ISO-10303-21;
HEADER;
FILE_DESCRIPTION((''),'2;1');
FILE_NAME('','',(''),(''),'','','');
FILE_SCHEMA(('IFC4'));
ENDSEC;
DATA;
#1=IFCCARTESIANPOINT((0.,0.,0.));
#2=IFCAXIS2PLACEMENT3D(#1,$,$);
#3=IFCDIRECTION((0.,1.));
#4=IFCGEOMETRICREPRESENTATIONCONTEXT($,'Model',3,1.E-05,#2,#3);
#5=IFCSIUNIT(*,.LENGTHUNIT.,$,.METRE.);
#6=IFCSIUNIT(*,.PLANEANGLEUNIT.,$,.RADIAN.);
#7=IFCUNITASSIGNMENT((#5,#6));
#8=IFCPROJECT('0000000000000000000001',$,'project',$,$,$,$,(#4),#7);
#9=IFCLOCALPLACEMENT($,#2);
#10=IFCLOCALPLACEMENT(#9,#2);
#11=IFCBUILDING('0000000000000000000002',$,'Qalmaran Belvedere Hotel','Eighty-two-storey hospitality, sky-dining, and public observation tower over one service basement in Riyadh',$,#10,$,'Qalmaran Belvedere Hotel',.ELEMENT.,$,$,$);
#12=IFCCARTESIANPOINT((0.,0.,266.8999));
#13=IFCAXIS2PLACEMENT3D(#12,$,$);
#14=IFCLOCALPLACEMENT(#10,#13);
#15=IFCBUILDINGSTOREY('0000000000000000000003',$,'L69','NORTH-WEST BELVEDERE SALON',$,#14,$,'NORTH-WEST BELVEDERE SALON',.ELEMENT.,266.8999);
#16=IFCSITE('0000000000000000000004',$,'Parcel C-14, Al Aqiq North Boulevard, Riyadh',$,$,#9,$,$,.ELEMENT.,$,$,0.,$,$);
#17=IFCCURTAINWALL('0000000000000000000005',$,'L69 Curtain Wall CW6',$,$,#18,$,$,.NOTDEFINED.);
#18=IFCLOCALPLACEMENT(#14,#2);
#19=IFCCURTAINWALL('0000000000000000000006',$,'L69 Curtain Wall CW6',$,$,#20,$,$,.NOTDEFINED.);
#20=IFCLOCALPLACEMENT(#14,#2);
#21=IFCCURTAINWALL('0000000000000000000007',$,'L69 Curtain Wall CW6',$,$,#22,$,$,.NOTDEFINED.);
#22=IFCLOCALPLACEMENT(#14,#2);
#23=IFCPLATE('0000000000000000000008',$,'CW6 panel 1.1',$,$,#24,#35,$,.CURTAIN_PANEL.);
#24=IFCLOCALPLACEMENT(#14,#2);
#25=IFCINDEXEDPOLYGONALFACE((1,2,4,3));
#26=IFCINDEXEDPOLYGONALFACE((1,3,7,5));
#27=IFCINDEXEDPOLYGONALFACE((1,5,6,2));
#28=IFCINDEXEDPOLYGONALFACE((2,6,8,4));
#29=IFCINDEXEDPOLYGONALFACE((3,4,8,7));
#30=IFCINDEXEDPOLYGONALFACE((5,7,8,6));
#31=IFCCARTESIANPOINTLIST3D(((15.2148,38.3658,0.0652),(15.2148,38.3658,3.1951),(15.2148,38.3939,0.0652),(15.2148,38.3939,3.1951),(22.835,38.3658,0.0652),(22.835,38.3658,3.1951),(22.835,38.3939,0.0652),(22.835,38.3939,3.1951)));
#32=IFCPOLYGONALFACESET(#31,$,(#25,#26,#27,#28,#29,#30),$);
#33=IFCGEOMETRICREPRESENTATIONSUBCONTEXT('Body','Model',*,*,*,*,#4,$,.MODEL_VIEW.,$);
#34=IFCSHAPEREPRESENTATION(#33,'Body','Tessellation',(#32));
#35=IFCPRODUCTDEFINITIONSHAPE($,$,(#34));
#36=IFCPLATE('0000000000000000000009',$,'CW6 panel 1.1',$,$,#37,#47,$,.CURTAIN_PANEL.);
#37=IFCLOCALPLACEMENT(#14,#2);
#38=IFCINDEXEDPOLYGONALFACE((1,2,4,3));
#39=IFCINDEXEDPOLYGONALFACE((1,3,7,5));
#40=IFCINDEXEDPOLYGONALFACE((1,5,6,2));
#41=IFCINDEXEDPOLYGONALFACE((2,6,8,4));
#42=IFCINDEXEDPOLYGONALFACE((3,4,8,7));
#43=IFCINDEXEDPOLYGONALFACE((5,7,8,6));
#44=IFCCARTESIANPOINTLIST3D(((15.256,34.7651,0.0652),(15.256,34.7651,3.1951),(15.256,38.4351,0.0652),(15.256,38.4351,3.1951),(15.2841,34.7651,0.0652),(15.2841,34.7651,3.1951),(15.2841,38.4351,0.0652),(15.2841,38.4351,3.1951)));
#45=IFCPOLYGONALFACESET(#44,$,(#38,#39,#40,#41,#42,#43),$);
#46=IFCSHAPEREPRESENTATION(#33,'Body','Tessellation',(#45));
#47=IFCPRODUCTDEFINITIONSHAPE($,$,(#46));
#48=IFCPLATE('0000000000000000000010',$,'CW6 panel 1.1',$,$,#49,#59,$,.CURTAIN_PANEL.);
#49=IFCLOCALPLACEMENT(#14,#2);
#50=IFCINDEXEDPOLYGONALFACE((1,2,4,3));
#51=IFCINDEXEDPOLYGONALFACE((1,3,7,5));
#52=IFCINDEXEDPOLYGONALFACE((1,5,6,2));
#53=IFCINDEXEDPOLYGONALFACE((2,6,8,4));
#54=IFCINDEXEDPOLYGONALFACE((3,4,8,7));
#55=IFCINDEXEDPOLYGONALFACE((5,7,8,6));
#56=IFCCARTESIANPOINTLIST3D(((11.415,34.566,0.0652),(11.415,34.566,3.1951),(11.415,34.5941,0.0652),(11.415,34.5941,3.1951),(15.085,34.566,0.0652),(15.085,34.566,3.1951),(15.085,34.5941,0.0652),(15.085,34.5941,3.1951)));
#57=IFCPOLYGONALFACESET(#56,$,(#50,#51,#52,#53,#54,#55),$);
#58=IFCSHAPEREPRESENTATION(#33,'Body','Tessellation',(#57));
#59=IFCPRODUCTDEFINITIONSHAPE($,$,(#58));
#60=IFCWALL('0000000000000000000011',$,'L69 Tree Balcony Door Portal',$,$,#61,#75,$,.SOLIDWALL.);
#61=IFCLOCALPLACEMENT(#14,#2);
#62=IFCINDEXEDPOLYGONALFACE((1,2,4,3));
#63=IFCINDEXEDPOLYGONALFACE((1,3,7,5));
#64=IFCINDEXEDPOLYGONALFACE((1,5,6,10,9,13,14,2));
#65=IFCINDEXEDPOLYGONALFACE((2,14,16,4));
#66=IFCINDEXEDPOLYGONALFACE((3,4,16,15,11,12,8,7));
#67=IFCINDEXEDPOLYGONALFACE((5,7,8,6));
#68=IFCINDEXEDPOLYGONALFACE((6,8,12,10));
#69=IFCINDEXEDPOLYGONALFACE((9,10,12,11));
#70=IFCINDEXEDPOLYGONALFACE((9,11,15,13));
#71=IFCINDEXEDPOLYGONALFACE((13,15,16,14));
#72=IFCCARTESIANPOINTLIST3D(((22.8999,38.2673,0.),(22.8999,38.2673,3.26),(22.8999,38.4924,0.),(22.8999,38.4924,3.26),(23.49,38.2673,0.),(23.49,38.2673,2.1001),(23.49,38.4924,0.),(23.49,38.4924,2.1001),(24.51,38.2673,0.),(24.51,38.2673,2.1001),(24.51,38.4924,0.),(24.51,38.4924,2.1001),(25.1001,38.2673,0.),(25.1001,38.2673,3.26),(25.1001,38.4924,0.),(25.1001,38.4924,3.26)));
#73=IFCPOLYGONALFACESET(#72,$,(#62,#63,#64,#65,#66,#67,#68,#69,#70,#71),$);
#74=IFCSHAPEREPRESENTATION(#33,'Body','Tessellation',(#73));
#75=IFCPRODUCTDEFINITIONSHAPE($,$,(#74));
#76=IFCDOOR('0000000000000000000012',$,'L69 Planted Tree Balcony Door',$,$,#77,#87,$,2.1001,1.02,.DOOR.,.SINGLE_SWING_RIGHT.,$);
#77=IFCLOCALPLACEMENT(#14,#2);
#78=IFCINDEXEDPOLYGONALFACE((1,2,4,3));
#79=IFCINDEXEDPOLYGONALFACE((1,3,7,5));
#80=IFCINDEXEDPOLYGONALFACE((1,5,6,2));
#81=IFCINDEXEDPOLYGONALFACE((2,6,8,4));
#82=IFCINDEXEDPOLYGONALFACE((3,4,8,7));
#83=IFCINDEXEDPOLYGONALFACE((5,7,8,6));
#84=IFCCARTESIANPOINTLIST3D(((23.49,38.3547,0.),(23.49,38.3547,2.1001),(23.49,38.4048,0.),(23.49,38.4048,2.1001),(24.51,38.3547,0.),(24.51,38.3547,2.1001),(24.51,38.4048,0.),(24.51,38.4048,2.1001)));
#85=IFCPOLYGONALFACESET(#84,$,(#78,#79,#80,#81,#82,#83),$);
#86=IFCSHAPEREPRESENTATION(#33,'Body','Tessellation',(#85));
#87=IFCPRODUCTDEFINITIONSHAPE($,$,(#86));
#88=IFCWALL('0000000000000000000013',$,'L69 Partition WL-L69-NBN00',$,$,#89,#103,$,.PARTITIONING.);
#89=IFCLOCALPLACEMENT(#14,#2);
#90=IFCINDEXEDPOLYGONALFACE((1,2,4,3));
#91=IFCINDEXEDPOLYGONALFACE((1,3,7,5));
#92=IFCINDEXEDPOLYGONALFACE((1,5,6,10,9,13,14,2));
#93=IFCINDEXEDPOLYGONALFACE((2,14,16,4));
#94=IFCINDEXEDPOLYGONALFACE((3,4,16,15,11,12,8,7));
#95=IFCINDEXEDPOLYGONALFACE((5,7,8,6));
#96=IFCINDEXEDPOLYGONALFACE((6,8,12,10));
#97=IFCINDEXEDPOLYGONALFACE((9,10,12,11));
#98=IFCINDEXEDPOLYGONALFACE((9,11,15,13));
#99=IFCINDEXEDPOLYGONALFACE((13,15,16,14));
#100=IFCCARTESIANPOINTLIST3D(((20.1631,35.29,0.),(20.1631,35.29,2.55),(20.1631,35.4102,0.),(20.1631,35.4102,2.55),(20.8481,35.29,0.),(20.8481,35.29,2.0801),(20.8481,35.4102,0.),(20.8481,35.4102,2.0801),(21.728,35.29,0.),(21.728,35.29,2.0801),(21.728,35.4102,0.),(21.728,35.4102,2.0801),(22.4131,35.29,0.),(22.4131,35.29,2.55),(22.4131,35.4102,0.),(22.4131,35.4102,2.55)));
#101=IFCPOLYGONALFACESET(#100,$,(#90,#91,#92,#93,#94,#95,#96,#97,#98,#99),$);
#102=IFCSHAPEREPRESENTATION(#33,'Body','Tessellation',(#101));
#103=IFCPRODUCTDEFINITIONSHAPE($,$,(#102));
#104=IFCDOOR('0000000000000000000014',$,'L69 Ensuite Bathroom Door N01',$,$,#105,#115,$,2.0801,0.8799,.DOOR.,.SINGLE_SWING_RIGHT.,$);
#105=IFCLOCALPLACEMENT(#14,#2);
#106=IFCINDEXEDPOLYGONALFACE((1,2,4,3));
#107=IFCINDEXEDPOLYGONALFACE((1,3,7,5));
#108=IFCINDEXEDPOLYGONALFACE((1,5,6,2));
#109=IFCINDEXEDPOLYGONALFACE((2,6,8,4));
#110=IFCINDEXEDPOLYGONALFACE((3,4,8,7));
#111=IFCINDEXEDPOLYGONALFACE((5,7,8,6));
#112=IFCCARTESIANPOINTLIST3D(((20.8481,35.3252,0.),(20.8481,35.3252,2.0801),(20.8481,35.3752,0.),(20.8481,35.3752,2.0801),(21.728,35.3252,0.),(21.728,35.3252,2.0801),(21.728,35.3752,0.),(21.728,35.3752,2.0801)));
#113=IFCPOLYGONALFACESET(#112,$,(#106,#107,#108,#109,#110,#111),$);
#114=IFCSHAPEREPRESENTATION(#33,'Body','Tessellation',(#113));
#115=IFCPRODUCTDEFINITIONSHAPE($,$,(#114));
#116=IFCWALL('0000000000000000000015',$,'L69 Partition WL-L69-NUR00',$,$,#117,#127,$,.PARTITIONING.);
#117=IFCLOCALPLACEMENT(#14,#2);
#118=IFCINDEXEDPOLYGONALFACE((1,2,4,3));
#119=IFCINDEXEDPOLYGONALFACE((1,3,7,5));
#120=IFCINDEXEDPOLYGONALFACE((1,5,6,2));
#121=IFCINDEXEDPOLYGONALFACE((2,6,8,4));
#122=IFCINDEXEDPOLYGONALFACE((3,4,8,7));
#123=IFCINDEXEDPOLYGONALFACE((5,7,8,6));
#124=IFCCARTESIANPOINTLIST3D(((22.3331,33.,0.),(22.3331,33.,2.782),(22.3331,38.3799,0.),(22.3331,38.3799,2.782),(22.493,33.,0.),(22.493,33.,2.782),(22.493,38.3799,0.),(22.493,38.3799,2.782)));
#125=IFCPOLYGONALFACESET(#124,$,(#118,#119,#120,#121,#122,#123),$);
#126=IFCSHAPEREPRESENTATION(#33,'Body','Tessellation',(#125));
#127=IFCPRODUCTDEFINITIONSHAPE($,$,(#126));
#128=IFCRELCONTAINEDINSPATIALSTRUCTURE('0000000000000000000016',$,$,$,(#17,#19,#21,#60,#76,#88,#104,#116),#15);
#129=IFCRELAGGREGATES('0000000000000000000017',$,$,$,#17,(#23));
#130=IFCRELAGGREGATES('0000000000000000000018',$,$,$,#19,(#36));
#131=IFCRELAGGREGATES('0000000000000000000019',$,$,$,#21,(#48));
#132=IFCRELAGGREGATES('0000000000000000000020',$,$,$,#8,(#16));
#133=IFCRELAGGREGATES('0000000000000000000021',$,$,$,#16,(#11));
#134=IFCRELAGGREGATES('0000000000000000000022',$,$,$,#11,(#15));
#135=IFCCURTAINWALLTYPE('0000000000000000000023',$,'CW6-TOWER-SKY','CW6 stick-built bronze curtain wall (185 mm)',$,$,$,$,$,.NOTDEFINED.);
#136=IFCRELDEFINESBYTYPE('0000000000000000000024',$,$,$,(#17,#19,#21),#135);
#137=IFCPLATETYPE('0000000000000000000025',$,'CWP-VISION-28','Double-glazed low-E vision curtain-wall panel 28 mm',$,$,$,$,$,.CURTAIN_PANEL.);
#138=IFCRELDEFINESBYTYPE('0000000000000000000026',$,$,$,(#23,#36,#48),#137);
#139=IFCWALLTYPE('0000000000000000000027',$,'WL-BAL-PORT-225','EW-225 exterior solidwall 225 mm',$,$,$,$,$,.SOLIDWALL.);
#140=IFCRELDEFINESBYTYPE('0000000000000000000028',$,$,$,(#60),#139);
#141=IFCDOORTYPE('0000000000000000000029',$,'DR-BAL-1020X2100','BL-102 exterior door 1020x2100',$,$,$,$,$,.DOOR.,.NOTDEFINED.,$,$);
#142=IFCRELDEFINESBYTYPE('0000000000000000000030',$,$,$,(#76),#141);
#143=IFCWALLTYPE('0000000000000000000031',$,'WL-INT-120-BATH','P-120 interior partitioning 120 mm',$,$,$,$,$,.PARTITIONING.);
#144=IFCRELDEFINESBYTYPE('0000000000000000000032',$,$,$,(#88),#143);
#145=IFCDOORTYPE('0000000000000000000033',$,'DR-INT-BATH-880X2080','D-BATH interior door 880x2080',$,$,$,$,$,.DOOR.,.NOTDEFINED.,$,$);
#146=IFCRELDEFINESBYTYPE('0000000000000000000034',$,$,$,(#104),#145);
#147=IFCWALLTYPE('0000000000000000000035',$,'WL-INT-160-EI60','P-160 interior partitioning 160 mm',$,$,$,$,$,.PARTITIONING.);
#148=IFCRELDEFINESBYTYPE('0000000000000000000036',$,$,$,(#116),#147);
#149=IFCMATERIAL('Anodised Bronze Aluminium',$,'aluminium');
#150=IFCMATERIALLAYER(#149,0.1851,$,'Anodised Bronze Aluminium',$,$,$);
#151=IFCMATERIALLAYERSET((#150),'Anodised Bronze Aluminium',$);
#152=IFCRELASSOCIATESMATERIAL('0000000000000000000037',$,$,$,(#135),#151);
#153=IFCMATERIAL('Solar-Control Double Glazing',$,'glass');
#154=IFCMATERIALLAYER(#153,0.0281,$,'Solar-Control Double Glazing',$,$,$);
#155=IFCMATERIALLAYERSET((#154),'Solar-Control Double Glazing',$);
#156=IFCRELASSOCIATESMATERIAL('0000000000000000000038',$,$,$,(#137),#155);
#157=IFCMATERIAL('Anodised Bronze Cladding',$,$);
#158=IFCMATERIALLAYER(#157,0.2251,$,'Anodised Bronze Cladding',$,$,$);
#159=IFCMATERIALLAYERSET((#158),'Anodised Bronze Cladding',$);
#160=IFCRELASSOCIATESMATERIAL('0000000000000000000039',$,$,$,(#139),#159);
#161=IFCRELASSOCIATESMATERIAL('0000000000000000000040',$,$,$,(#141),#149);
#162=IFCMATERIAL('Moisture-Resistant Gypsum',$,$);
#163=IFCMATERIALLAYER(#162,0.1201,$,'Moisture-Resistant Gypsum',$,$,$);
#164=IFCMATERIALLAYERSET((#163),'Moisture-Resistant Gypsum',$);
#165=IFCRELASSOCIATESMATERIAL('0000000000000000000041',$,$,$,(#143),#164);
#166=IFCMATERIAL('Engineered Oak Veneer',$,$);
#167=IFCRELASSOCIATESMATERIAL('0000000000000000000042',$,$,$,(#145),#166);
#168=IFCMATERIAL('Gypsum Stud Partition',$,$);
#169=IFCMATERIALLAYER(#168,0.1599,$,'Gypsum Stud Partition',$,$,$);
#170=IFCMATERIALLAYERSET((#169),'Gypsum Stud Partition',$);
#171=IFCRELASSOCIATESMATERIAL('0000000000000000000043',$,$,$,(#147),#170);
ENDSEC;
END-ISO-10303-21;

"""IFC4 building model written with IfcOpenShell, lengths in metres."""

from ifc_helpers import new_model, si_unit, direction, frame, frame_2d, origin, origin_2d, place, context, subcontext, project, spatial, rectangle, extrude, material, layer, layer_set, type_object, element, fill, aggregate, save


model = new_model("IFC4")

# Units and contexts
model_context = context("Model", 3, precision=1e-05, world=origin(), true_north=direction((0.0, 1.0)))
body_context = subcontext(model_context, "Body", "Model", "MODEL_VIEW")
ifc_project = project(units=[si_unit("LENGTHUNIT", "METRE"), si_unit("PLANEANGLEUNIT", "RADIAN")], contexts=[model_context])

# Site, building, storey
site_placement = place(None, origin())
site = spatial("IfcSite", under=ifc_project, at=site_placement, Name="Parcel C-14, Al Aqiq North Boulevard, Riyadh", CompositionType="ELEMENT", RefElevation=0.0)
building_placement = place(site_placement, origin())
building = spatial("IfcBuilding", under=site, at=building_placement, Name="Qalmaran Belvedere Hotel", Description="Eighty-two-storey hospitality, sky-dining, and public observation tower over one service basement in Riyadh", LongName="Qalmaran Belvedere Hotel", CompositionType="ELEMENT")
storey_placement = place(building_placement, frame((0.0, 0.0, 266.8999)))
storey = spatial("IfcBuildingStorey", under=building, at=storey_placement, Name="L69", Description="NORTH-WEST BELVEDERE SALON", LongName="NORTH-WEST BELVEDERE SALON", CompositionType="ELEMENT", Elevation=266.8999)

# Curtain wall
ifc_material_1 = material(Name="Anodised Bronze Aluminium", Category="aluminium")
ifc_layer_1 = layer(ifc_material_1, 0.1851, Name="Anodised Bronze Aluminium")
ifc_layer_set_1 = layer_set([ifc_layer_1], Name="Anodised Bronze Aluminium")
curtain_wall_type = type_object("IfcCurtainWallType", Name="CW6-TOWER-SKY", Description="CW6 stick-built bronze curtain wall (185 mm)", PredefinedType="NOTDEFINED", material=ifc_layer_set_1)
curtain_wall_1_placement = place(storey_placement, origin())
curtain_wall_1 = element("IfcCurtainWall", 1, at=curtain_wall_1_placement, inside=storey, type_object=curtain_wall_type, Name="L69 Curtain Wall CW6", PredefinedType="NOTDEFINED")

# Curtain walls
curtain_wall_2_placement = place(storey_placement, origin())
curtain_wall_2 = element("IfcCurtainWall", 2, at=curtain_wall_2_placement, inside=storey, type_object=curtain_wall_type, Name="L69 Curtain Wall CW6", PredefinedType="NOTDEFINED")
curtain_wall_3_placement = place(storey_placement, origin())
curtain_wall_3 = element("IfcCurtainWall", 3, at=curtain_wall_3_placement, inside=storey, type_object=curtain_wall_type, Name="L69 Curtain Wall CW6", PredefinedType="NOTDEFINED")

# Plates
ifc_material_2 = material(Name="Solar-Control Double Glazing", Category="glass")
ifc_layer_2 = layer(ifc_material_2, 0.0281, Name="Solar-Control Double Glazing")
ifc_layer_set_2 = layer_set([ifc_layer_2], Name="Solar-Control Double Glazing")
plate_type = type_object("IfcPlateType", Name="CWP-VISION-28", Description="Double-glazed low-E vision curtain-wall panel 28 mm", PredefinedType="CURTAIN_PANEL", material=ifc_layer_set_2)
plate_1_placement = place(storey_placement, frame((19.0249, 38.3799, 0.0652), z_axis=(0.0, 0.0, 1.0), x_axis=(-1.0, 0.0, 0.0)))
plate_1 = element("IfcPlate", 4, at=plate_1_placement, type_object=plate_type, Name="CW6 panel 1.1", PredefinedType="CURTAIN_PANEL", context=body_context, shape_type="SweptSolid", body=[
    extrude(rectangle(XDim=7.6201, YDim=0.0281, at=origin_2d()), origin(), (0.0, 0.0, 1.0), 3.1299),
])
aggregate(curtain_wall_1, [plate_1])
plate_2_placement = place(storey_placement, frame((15.27, 36.6001, 0.0652), z_axis=(0.0, 0.0, 1.0), x_axis=(0.0, -1.0, 0.0)))
plate_2 = element("IfcPlate", 5, at=plate_2_placement, type_object=plate_type, Name="CW6 panel 1.1", PredefinedType="CURTAIN_PANEL", context=body_context, shape_type="SweptSolid", body=[
    extrude(rectangle(XDim=3.6699, YDim=0.0281, at=origin_2d()), origin(), (0.0, 0.0, 1.0), 3.1299),
])
aggregate(curtain_wall_2, [plate_2])
plate_3_placement = place(storey_placement, frame((13.25, 34.5801, 0.0652), z_axis=(0.0, 0.0, 1.0), x_axis=(-1.0, 0.0, 0.0)))
plate_3 = element("IfcPlate", 6, at=plate_3_placement, type_object=plate_type, Name="CW6 panel 1.1", PredefinedType="CURTAIN_PANEL", context=body_context, shape_type="SweptSolid", body=[
    extrude(rectangle(XDim=3.6699, YDim=0.0281, at=origin_2d()), origin(), (0.0, 0.0, 1.0), 3.1299),
])
aggregate(curtain_wall_3, [plate_3])

# Walls, openings, doors
ifc_material_3 = material(Name="Anodised Bronze Cladding")
ifc_layer_3 = layer(ifc_material_3, 0.2251, Name="Anodised Bronze Cladding")
ifc_layer_set_3 = layer_set([ifc_layer_3], Name="Anodised Bronze Cladding")
wall_type_1 = type_object("IfcWallType", Name="WL-BAL-PORT-225", Description="EW-225 exterior solidwall 225 mm", PredefinedType="SOLIDWALL", material=ifc_layer_set_3)
wall_1_placement = place(storey_placement, frame((22.8999, 38.3799, 0.0), z_axis=(0.0, 0.0, 1.0), x_axis=(1.0, 0.0, 0.0)))
wall_1 = element("IfcWall", 7, at=wall_1_placement, inside=storey, type_object=wall_type_1, Name="L69 Tree Balcony Door Portal", PredefinedType="SOLIDWALL", context=body_context, shape_type="SweptSolid", body=[
    extrude(rectangle(XDim=2.2002, YDim=0.2251, at=frame_2d((1.1001, 0.0))), origin(), (0.0, 0.0, 1.0), 3.26),
])
opening_1_placement = place(wall_1_placement, frame((0.5901, 0.0, 0.0)))
opening_1 = element("IfcOpeningElement", 8, at=opening_1_placement, cuts=wall_1, PredefinedType="OPENING", context=body_context, shape_type="SweptSolid", body=[
    extrude(rectangle(XDim=1.02, YDim=2.1001, at=frame_2d((0.51, 1.05))), frame((0.0, 0.1226, 0.0), z_axis=(0.0, -1.0, 0.0), x_axis=(1.0, 0.0, 0.0)), (0.0, 0.0, 1.0), 0.2451),
])
door_type_1 = type_object("IfcDoorType", Name="DR-BAL-1020X2100", Description="BL-102 exterior door 1020x2100", OperationType="NOTDEFINED", PredefinedType="DOOR", material=ifc_material_1)
door_1_placement = place(opening_1_placement, origin())
door_1 = element("IfcDoor", 9, at=door_1_placement, inside=storey, type_object=door_type_1, Name="L69 Planted Tree Balcony Door", OperationType="SINGLE_SWING_RIGHT", OverallHeight=2.1001, OverallWidth=1.02, PredefinedType="DOOR", context=body_context, shape_type="SweptSolid", body=[
    extrude(rectangle(XDim=1.02, YDim=2.1001, at=frame_2d((0.51, 1.05))), frame((0.0, 0.0249, 0.0), z_axis=(0.0, -1.0, 0.0), x_axis=(1.0, 0.0, 0.0)), (0.0, 0.0, 1.0), 0.05),
])
fill(opening_1, door_1)
ifc_material_4 = material(Name="Moisture-Resistant Gypsum")
ifc_layer_4 = layer(ifc_material_4, 0.1201, Name="Moisture-Resistant Gypsum")
ifc_layer_set_4 = layer_set([ifc_layer_4], Name="Moisture-Resistant Gypsum")
wall_type_2 = type_object("IfcWallType", Name="WL-INT-120-BATH", Description="P-120 interior partitioning 120 mm", PredefinedType="PARTITIONING", material=ifc_layer_set_4)
wall_2_placement = place(storey_placement, frame((20.1631, 35.3501, 0.0), z_axis=(0.0, 0.0, 1.0), x_axis=(1.0, 0.0, 0.0)))
wall_2 = element("IfcWall", 10, at=wall_2_placement, inside=storey, type_object=wall_type_2, Name="L69 Partition WL-L69-NBN00", PredefinedType="PARTITIONING", context=body_context, shape_type="SweptSolid", body=[
    extrude(rectangle(XDim=2.25, YDim=0.1201, at=frame_2d((1.125, 0.0))), origin(), (0.0, 0.0, 1.0), 2.55),
])
opening_2_placement = place(wall_2_placement, frame((1.5649, 0.0, 0.0), z_axis=(0.0, 0.0, 1.0), x_axis=(-1.0, 0.0, 0.0)))
opening_2 = element("IfcOpeningElement", 11, at=opening_2_placement, cuts=wall_2, PredefinedType="OPENING", context=body_context, shape_type="SweptSolid", body=[
    extrude(rectangle(XDim=0.8799, YDim=2.0801, at=frame_2d((0.4399, 1.04))), frame((0.0, 0.0701, 0.0), z_axis=(0.0, -1.0, 0.0), x_axis=(1.0, 0.0, 0.0)), (0.0, 0.0, 1.0), 0.1401),
])
ifc_material_5 = material(Name="Engineered Oak Veneer")
door_type_2 = type_object("IfcDoorType", Name="DR-INT-BATH-880X2080", Description="D-BATH interior door 880x2080", OperationType="NOTDEFINED", PredefinedType="DOOR", material=ifc_material_5)
door_2_placement = place(opening_2_placement, origin())
door_2 = element("IfcDoor", 12, at=door_2_placement, inside=storey, type_object=door_type_2, Name="L69 Ensuite Bathroom Door N01", OperationType="SINGLE_SWING_RIGHT", OverallHeight=2.0801, OverallWidth=0.8799, PredefinedType="DOOR", context=body_context, shape_type="SweptSolid", body=[
    extrude(rectangle(XDim=0.8799, YDim=2.0801, at=frame_2d((0.4399, 1.04))), frame((0.0, 0.0249, 0.0), z_axis=(0.0, -1.0, 0.0), x_axis=(1.0, 0.0, 0.0)), (0.0, 0.0, 1.0), 0.05),
])
fill(opening_2, door_2)

# Wall
ifc_material_6 = material(Name="Gypsum Stud Partition")
ifc_layer_5 = layer(ifc_material_6, 0.1599, Name="Gypsum Stud Partition")
ifc_layer_set_5 = layer_set([ifc_layer_5], Name="Gypsum Stud Partition")
wall_type_3 = type_object("IfcWallType", Name="WL-INT-160-EI60", Description="P-160 interior partitioning 160 mm", PredefinedType="PARTITIONING", material=ifc_layer_set_5)
wall_3_placement = place(storey_placement, frame((22.4131, 33.0, 0.0), z_axis=(0.0, 0.0, 1.0), x_axis=(0.0, 1.0, 0.0)))
element("IfcWall", 13, at=wall_3_placement, inside=storey, type_object=wall_type_3, Name="L69 Partition WL-L69-NUR00", PredefinedType="PARTITIONING", context=body_context, shape_type="SweptSolid", body=[
    extrude(rectangle(XDim=5.3799, YDim=0.1599, at=frame_2d((2.6899, 0.0))), origin(), (0.0, 0.0, 1.0), 2.782),
])

save(model, "model.ifc")
